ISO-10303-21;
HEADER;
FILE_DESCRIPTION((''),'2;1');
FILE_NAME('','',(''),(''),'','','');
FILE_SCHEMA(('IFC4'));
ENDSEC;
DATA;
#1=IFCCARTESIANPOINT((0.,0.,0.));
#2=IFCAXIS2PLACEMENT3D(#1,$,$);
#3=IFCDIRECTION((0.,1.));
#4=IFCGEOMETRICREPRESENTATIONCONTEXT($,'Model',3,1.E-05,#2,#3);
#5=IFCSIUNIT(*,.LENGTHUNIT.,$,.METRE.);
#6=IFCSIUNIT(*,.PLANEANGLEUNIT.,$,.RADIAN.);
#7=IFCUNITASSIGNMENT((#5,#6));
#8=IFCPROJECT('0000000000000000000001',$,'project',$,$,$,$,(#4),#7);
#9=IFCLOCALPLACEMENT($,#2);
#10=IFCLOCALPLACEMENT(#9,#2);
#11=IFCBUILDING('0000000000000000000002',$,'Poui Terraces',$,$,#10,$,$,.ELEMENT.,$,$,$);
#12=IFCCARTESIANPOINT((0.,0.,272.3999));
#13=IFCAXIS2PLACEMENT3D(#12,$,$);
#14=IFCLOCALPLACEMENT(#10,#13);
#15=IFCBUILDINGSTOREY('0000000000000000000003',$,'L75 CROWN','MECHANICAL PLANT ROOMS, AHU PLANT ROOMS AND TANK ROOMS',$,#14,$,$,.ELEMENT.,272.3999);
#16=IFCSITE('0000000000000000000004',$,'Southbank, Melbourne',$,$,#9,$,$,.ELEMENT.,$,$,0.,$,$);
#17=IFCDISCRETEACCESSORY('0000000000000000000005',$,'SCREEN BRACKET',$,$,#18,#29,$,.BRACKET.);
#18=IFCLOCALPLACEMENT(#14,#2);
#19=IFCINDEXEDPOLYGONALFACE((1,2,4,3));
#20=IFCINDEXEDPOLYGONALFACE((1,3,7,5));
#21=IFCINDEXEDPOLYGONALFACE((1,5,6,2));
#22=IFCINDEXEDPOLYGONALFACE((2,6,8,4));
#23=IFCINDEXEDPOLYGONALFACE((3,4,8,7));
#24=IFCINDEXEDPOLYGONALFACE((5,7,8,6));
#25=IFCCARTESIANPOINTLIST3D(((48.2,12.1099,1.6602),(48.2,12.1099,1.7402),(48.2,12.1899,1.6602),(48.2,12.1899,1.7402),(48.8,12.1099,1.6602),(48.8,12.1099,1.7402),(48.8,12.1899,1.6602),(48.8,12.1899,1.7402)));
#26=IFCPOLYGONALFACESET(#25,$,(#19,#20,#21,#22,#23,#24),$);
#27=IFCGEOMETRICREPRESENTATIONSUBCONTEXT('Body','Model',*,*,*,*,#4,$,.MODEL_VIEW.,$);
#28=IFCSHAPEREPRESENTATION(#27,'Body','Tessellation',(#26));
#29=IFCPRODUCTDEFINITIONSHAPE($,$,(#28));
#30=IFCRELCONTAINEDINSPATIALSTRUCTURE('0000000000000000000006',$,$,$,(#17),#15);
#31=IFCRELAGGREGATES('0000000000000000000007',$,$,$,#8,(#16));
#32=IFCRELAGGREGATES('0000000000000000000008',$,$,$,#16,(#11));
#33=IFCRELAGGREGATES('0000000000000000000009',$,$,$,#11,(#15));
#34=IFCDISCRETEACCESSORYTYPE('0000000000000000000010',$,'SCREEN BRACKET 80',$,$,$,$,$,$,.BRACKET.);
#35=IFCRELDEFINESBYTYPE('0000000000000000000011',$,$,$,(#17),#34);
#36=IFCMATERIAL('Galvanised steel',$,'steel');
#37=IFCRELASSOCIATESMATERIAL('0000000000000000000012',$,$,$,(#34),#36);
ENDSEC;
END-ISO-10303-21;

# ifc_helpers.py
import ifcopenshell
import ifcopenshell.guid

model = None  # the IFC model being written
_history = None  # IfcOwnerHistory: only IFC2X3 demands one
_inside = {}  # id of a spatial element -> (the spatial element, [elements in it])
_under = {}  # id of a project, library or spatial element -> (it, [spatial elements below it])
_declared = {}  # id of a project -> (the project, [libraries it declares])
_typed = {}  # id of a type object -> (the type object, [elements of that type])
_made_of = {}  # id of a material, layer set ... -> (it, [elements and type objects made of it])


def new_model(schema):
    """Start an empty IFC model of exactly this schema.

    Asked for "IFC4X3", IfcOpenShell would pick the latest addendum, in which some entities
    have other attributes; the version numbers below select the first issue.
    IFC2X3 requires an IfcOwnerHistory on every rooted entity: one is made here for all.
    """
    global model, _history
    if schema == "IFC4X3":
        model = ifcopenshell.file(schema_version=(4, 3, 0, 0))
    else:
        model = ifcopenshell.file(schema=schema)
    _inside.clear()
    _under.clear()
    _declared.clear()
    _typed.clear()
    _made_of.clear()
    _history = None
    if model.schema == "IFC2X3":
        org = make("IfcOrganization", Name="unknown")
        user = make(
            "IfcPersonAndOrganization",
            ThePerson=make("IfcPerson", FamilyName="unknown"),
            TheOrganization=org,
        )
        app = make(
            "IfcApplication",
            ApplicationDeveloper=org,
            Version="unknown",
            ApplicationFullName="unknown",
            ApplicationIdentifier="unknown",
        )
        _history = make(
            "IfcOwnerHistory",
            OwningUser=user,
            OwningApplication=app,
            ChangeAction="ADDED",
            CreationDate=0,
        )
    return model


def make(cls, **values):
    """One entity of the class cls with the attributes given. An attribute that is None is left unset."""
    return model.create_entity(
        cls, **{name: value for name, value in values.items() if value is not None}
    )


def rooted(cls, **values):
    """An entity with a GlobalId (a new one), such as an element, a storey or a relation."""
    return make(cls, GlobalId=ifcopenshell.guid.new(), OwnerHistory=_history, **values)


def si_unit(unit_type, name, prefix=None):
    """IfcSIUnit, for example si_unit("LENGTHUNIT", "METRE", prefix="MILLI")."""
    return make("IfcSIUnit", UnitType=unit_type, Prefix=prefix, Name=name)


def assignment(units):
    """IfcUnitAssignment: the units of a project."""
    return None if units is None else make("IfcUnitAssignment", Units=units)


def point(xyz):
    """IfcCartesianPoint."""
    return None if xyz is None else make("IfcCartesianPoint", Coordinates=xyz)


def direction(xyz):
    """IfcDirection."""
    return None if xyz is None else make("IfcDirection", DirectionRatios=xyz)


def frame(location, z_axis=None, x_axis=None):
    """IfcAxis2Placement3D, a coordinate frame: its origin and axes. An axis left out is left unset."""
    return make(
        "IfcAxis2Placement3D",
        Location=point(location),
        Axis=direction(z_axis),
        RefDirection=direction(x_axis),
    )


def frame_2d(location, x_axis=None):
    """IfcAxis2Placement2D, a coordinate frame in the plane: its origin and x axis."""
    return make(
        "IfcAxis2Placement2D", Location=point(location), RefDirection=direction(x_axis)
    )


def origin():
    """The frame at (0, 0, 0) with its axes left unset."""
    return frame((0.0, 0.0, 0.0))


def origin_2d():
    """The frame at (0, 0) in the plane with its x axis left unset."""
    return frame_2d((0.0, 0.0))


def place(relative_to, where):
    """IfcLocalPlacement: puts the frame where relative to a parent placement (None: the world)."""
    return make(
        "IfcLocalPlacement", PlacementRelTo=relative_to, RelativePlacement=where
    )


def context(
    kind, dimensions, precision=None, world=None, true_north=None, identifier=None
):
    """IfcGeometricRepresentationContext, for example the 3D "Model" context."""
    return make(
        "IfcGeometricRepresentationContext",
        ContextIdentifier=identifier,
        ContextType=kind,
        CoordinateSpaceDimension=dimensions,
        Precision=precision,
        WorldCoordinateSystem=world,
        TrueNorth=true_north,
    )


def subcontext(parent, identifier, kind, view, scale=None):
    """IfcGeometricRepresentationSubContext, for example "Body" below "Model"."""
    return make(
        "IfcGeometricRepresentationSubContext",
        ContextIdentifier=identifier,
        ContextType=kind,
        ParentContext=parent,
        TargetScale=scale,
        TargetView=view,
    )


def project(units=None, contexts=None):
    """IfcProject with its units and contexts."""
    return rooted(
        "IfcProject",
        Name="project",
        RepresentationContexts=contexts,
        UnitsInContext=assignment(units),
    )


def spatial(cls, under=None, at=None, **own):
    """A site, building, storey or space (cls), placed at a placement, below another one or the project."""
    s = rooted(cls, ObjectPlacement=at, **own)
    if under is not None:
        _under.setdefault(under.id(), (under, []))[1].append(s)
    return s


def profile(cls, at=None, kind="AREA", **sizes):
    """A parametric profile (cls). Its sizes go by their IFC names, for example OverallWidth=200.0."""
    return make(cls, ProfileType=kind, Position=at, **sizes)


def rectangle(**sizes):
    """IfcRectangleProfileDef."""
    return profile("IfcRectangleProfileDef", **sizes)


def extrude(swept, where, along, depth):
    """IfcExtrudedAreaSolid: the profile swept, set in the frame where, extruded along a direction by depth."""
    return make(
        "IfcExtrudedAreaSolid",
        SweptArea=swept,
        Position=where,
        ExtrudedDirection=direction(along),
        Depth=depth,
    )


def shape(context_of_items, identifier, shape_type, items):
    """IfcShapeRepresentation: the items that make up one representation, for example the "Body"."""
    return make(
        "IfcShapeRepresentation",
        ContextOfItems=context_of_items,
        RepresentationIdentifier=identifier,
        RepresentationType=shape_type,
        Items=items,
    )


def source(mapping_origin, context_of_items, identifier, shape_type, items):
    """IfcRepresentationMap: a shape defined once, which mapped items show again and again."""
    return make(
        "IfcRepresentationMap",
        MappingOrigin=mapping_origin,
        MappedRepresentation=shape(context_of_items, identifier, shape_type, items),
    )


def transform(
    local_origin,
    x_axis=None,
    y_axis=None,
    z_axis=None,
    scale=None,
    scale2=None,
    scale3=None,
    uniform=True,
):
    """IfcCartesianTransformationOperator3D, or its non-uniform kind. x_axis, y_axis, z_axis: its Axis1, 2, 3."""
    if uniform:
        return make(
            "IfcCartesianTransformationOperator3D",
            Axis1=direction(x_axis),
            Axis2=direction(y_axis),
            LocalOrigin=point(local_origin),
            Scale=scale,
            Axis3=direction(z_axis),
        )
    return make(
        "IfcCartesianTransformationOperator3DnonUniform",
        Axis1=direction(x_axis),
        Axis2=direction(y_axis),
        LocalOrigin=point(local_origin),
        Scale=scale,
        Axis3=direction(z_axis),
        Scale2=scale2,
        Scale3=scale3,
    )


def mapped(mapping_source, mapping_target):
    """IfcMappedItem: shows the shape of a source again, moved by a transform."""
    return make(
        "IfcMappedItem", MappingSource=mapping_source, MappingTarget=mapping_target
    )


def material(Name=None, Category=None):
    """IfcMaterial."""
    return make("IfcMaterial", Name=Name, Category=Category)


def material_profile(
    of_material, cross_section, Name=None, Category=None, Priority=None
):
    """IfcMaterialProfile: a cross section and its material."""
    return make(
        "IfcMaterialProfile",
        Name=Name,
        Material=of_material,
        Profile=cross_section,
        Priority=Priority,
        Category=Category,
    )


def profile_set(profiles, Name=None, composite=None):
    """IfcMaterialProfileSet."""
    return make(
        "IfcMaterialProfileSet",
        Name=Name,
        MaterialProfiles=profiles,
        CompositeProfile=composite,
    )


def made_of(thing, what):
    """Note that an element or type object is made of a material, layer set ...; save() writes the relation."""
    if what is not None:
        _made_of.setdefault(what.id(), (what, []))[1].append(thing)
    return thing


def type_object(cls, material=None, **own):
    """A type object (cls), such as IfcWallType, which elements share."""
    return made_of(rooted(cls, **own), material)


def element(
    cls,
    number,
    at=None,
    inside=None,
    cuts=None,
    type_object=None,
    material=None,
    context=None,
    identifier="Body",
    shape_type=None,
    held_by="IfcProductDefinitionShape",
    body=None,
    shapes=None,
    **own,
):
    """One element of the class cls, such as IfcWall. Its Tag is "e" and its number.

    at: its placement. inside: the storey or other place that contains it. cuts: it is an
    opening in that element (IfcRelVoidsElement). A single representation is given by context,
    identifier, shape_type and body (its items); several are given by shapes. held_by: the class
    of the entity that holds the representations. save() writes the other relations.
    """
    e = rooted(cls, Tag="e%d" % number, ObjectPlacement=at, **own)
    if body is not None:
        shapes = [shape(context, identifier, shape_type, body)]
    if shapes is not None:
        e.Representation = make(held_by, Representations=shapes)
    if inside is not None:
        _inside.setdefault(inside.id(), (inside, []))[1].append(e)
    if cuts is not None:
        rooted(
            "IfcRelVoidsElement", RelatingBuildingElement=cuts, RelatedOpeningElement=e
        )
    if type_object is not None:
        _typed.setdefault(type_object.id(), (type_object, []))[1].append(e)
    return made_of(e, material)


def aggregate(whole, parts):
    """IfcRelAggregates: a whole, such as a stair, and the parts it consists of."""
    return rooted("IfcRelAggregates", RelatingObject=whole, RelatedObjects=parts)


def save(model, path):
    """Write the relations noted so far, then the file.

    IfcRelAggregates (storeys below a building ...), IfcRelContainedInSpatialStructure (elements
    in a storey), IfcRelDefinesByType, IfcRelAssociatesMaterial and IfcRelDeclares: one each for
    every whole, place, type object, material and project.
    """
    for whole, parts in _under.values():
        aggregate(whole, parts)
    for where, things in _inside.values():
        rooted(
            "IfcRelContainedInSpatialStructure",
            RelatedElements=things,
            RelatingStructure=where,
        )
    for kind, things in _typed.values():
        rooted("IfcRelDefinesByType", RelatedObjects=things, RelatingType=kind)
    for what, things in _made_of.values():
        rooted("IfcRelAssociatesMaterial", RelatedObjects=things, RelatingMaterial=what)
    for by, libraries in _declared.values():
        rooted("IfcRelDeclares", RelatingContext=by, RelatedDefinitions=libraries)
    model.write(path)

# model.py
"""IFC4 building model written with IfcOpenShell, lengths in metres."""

from ifc_helpers import new_model, si_unit, direction, frame, origin, origin_2d, place, context, subcontext, project, spatial, rectangle, extrude, source, transform, mapped, material, material_profile, profile_set, type_object, element, save


model = new_model("IFC4")

# Units and contexts
model_context = context("Model", 3, precision=1e-05, world=origin(), true_north=direction((0.0, 1.0)))
body_context = subcontext(model_context, "Body", "Model", "MODEL_VIEW")
ifc_project = project(units=[si_unit("LENGTHUNIT", "METRE"), si_unit("PLANEANGLEUNIT", "RADIAN")], contexts=[model_context])

# Site, building, storey
site_placement = place(None, origin())
site = spatial("IfcSite", under=ifc_project, at=site_placement, Name="Southbank, Melbourne", CompositionType="ELEMENT", RefElevation=0.0)
building_placement = place(site_placement, origin())
building = spatial("IfcBuilding", under=site, at=building_placement, Name="Poui Terraces", CompositionType="ELEMENT")
storey_placement = place(building_placement, frame((0.0, 0.0, 272.3999)))
storey = spatial("IfcBuildingStorey", under=building, at=storey_placement, Name="L75 CROWN", Description="MECHANICAL PLANT ROOMS, AHU PLANT ROOMS AND TANK ROOMS", CompositionType="ELEMENT", Elevation=272.3999)

# Discrete accessory
ifc_material_1 = material(Name="Galvanised steel", Category="steel")
ifc_material_profile_1 = material_profile(ifc_material_1, rectangle(XDim=0.0801, YDim=0.0801, at=origin_2d()), Name="SCREEN BRACKET 80")
ifc_profile_set_1 = profile_set([ifc_material_profile_1], Name="Galvanised steel")
discrete_accessory_type = type_object("IfcDiscreteAccessoryType", Name="SCREEN BRACKET 80", PredefinedType="BRACKET", material=ifc_profile_set_1)
shared_shape_1 = source(origin(), body_context, "Body", "SweptSolid", [
    extrude(rectangle(XDim=0.0801, YDim=0.0801, at=origin_2d()), origin(), (0.0, 0.0, 1.0), 0.6001),
])
for number, where, z_axis, x_axis, name in (
    (1, (48.2, 12.1499, 1.7002), (1.0, 0.0, 0.0), (0.0, 1.0, 0.0), "SCREEN BRACKET"),
):
    element("IfcDiscreteAccessory", number, at=place(storey_placement, frame(where, z_axis=z_axis, x_axis=x_axis)), inside=storey, type_object=discrete_accessory_type, Name=name, PredefinedType="BRACKET", context=body_context, shape_type="MappedRepresentation", body=[
        mapped(shared_shape_1, transform((0.0, 0.0, 0.0))),
    ])

save(model, "model.ifc")
